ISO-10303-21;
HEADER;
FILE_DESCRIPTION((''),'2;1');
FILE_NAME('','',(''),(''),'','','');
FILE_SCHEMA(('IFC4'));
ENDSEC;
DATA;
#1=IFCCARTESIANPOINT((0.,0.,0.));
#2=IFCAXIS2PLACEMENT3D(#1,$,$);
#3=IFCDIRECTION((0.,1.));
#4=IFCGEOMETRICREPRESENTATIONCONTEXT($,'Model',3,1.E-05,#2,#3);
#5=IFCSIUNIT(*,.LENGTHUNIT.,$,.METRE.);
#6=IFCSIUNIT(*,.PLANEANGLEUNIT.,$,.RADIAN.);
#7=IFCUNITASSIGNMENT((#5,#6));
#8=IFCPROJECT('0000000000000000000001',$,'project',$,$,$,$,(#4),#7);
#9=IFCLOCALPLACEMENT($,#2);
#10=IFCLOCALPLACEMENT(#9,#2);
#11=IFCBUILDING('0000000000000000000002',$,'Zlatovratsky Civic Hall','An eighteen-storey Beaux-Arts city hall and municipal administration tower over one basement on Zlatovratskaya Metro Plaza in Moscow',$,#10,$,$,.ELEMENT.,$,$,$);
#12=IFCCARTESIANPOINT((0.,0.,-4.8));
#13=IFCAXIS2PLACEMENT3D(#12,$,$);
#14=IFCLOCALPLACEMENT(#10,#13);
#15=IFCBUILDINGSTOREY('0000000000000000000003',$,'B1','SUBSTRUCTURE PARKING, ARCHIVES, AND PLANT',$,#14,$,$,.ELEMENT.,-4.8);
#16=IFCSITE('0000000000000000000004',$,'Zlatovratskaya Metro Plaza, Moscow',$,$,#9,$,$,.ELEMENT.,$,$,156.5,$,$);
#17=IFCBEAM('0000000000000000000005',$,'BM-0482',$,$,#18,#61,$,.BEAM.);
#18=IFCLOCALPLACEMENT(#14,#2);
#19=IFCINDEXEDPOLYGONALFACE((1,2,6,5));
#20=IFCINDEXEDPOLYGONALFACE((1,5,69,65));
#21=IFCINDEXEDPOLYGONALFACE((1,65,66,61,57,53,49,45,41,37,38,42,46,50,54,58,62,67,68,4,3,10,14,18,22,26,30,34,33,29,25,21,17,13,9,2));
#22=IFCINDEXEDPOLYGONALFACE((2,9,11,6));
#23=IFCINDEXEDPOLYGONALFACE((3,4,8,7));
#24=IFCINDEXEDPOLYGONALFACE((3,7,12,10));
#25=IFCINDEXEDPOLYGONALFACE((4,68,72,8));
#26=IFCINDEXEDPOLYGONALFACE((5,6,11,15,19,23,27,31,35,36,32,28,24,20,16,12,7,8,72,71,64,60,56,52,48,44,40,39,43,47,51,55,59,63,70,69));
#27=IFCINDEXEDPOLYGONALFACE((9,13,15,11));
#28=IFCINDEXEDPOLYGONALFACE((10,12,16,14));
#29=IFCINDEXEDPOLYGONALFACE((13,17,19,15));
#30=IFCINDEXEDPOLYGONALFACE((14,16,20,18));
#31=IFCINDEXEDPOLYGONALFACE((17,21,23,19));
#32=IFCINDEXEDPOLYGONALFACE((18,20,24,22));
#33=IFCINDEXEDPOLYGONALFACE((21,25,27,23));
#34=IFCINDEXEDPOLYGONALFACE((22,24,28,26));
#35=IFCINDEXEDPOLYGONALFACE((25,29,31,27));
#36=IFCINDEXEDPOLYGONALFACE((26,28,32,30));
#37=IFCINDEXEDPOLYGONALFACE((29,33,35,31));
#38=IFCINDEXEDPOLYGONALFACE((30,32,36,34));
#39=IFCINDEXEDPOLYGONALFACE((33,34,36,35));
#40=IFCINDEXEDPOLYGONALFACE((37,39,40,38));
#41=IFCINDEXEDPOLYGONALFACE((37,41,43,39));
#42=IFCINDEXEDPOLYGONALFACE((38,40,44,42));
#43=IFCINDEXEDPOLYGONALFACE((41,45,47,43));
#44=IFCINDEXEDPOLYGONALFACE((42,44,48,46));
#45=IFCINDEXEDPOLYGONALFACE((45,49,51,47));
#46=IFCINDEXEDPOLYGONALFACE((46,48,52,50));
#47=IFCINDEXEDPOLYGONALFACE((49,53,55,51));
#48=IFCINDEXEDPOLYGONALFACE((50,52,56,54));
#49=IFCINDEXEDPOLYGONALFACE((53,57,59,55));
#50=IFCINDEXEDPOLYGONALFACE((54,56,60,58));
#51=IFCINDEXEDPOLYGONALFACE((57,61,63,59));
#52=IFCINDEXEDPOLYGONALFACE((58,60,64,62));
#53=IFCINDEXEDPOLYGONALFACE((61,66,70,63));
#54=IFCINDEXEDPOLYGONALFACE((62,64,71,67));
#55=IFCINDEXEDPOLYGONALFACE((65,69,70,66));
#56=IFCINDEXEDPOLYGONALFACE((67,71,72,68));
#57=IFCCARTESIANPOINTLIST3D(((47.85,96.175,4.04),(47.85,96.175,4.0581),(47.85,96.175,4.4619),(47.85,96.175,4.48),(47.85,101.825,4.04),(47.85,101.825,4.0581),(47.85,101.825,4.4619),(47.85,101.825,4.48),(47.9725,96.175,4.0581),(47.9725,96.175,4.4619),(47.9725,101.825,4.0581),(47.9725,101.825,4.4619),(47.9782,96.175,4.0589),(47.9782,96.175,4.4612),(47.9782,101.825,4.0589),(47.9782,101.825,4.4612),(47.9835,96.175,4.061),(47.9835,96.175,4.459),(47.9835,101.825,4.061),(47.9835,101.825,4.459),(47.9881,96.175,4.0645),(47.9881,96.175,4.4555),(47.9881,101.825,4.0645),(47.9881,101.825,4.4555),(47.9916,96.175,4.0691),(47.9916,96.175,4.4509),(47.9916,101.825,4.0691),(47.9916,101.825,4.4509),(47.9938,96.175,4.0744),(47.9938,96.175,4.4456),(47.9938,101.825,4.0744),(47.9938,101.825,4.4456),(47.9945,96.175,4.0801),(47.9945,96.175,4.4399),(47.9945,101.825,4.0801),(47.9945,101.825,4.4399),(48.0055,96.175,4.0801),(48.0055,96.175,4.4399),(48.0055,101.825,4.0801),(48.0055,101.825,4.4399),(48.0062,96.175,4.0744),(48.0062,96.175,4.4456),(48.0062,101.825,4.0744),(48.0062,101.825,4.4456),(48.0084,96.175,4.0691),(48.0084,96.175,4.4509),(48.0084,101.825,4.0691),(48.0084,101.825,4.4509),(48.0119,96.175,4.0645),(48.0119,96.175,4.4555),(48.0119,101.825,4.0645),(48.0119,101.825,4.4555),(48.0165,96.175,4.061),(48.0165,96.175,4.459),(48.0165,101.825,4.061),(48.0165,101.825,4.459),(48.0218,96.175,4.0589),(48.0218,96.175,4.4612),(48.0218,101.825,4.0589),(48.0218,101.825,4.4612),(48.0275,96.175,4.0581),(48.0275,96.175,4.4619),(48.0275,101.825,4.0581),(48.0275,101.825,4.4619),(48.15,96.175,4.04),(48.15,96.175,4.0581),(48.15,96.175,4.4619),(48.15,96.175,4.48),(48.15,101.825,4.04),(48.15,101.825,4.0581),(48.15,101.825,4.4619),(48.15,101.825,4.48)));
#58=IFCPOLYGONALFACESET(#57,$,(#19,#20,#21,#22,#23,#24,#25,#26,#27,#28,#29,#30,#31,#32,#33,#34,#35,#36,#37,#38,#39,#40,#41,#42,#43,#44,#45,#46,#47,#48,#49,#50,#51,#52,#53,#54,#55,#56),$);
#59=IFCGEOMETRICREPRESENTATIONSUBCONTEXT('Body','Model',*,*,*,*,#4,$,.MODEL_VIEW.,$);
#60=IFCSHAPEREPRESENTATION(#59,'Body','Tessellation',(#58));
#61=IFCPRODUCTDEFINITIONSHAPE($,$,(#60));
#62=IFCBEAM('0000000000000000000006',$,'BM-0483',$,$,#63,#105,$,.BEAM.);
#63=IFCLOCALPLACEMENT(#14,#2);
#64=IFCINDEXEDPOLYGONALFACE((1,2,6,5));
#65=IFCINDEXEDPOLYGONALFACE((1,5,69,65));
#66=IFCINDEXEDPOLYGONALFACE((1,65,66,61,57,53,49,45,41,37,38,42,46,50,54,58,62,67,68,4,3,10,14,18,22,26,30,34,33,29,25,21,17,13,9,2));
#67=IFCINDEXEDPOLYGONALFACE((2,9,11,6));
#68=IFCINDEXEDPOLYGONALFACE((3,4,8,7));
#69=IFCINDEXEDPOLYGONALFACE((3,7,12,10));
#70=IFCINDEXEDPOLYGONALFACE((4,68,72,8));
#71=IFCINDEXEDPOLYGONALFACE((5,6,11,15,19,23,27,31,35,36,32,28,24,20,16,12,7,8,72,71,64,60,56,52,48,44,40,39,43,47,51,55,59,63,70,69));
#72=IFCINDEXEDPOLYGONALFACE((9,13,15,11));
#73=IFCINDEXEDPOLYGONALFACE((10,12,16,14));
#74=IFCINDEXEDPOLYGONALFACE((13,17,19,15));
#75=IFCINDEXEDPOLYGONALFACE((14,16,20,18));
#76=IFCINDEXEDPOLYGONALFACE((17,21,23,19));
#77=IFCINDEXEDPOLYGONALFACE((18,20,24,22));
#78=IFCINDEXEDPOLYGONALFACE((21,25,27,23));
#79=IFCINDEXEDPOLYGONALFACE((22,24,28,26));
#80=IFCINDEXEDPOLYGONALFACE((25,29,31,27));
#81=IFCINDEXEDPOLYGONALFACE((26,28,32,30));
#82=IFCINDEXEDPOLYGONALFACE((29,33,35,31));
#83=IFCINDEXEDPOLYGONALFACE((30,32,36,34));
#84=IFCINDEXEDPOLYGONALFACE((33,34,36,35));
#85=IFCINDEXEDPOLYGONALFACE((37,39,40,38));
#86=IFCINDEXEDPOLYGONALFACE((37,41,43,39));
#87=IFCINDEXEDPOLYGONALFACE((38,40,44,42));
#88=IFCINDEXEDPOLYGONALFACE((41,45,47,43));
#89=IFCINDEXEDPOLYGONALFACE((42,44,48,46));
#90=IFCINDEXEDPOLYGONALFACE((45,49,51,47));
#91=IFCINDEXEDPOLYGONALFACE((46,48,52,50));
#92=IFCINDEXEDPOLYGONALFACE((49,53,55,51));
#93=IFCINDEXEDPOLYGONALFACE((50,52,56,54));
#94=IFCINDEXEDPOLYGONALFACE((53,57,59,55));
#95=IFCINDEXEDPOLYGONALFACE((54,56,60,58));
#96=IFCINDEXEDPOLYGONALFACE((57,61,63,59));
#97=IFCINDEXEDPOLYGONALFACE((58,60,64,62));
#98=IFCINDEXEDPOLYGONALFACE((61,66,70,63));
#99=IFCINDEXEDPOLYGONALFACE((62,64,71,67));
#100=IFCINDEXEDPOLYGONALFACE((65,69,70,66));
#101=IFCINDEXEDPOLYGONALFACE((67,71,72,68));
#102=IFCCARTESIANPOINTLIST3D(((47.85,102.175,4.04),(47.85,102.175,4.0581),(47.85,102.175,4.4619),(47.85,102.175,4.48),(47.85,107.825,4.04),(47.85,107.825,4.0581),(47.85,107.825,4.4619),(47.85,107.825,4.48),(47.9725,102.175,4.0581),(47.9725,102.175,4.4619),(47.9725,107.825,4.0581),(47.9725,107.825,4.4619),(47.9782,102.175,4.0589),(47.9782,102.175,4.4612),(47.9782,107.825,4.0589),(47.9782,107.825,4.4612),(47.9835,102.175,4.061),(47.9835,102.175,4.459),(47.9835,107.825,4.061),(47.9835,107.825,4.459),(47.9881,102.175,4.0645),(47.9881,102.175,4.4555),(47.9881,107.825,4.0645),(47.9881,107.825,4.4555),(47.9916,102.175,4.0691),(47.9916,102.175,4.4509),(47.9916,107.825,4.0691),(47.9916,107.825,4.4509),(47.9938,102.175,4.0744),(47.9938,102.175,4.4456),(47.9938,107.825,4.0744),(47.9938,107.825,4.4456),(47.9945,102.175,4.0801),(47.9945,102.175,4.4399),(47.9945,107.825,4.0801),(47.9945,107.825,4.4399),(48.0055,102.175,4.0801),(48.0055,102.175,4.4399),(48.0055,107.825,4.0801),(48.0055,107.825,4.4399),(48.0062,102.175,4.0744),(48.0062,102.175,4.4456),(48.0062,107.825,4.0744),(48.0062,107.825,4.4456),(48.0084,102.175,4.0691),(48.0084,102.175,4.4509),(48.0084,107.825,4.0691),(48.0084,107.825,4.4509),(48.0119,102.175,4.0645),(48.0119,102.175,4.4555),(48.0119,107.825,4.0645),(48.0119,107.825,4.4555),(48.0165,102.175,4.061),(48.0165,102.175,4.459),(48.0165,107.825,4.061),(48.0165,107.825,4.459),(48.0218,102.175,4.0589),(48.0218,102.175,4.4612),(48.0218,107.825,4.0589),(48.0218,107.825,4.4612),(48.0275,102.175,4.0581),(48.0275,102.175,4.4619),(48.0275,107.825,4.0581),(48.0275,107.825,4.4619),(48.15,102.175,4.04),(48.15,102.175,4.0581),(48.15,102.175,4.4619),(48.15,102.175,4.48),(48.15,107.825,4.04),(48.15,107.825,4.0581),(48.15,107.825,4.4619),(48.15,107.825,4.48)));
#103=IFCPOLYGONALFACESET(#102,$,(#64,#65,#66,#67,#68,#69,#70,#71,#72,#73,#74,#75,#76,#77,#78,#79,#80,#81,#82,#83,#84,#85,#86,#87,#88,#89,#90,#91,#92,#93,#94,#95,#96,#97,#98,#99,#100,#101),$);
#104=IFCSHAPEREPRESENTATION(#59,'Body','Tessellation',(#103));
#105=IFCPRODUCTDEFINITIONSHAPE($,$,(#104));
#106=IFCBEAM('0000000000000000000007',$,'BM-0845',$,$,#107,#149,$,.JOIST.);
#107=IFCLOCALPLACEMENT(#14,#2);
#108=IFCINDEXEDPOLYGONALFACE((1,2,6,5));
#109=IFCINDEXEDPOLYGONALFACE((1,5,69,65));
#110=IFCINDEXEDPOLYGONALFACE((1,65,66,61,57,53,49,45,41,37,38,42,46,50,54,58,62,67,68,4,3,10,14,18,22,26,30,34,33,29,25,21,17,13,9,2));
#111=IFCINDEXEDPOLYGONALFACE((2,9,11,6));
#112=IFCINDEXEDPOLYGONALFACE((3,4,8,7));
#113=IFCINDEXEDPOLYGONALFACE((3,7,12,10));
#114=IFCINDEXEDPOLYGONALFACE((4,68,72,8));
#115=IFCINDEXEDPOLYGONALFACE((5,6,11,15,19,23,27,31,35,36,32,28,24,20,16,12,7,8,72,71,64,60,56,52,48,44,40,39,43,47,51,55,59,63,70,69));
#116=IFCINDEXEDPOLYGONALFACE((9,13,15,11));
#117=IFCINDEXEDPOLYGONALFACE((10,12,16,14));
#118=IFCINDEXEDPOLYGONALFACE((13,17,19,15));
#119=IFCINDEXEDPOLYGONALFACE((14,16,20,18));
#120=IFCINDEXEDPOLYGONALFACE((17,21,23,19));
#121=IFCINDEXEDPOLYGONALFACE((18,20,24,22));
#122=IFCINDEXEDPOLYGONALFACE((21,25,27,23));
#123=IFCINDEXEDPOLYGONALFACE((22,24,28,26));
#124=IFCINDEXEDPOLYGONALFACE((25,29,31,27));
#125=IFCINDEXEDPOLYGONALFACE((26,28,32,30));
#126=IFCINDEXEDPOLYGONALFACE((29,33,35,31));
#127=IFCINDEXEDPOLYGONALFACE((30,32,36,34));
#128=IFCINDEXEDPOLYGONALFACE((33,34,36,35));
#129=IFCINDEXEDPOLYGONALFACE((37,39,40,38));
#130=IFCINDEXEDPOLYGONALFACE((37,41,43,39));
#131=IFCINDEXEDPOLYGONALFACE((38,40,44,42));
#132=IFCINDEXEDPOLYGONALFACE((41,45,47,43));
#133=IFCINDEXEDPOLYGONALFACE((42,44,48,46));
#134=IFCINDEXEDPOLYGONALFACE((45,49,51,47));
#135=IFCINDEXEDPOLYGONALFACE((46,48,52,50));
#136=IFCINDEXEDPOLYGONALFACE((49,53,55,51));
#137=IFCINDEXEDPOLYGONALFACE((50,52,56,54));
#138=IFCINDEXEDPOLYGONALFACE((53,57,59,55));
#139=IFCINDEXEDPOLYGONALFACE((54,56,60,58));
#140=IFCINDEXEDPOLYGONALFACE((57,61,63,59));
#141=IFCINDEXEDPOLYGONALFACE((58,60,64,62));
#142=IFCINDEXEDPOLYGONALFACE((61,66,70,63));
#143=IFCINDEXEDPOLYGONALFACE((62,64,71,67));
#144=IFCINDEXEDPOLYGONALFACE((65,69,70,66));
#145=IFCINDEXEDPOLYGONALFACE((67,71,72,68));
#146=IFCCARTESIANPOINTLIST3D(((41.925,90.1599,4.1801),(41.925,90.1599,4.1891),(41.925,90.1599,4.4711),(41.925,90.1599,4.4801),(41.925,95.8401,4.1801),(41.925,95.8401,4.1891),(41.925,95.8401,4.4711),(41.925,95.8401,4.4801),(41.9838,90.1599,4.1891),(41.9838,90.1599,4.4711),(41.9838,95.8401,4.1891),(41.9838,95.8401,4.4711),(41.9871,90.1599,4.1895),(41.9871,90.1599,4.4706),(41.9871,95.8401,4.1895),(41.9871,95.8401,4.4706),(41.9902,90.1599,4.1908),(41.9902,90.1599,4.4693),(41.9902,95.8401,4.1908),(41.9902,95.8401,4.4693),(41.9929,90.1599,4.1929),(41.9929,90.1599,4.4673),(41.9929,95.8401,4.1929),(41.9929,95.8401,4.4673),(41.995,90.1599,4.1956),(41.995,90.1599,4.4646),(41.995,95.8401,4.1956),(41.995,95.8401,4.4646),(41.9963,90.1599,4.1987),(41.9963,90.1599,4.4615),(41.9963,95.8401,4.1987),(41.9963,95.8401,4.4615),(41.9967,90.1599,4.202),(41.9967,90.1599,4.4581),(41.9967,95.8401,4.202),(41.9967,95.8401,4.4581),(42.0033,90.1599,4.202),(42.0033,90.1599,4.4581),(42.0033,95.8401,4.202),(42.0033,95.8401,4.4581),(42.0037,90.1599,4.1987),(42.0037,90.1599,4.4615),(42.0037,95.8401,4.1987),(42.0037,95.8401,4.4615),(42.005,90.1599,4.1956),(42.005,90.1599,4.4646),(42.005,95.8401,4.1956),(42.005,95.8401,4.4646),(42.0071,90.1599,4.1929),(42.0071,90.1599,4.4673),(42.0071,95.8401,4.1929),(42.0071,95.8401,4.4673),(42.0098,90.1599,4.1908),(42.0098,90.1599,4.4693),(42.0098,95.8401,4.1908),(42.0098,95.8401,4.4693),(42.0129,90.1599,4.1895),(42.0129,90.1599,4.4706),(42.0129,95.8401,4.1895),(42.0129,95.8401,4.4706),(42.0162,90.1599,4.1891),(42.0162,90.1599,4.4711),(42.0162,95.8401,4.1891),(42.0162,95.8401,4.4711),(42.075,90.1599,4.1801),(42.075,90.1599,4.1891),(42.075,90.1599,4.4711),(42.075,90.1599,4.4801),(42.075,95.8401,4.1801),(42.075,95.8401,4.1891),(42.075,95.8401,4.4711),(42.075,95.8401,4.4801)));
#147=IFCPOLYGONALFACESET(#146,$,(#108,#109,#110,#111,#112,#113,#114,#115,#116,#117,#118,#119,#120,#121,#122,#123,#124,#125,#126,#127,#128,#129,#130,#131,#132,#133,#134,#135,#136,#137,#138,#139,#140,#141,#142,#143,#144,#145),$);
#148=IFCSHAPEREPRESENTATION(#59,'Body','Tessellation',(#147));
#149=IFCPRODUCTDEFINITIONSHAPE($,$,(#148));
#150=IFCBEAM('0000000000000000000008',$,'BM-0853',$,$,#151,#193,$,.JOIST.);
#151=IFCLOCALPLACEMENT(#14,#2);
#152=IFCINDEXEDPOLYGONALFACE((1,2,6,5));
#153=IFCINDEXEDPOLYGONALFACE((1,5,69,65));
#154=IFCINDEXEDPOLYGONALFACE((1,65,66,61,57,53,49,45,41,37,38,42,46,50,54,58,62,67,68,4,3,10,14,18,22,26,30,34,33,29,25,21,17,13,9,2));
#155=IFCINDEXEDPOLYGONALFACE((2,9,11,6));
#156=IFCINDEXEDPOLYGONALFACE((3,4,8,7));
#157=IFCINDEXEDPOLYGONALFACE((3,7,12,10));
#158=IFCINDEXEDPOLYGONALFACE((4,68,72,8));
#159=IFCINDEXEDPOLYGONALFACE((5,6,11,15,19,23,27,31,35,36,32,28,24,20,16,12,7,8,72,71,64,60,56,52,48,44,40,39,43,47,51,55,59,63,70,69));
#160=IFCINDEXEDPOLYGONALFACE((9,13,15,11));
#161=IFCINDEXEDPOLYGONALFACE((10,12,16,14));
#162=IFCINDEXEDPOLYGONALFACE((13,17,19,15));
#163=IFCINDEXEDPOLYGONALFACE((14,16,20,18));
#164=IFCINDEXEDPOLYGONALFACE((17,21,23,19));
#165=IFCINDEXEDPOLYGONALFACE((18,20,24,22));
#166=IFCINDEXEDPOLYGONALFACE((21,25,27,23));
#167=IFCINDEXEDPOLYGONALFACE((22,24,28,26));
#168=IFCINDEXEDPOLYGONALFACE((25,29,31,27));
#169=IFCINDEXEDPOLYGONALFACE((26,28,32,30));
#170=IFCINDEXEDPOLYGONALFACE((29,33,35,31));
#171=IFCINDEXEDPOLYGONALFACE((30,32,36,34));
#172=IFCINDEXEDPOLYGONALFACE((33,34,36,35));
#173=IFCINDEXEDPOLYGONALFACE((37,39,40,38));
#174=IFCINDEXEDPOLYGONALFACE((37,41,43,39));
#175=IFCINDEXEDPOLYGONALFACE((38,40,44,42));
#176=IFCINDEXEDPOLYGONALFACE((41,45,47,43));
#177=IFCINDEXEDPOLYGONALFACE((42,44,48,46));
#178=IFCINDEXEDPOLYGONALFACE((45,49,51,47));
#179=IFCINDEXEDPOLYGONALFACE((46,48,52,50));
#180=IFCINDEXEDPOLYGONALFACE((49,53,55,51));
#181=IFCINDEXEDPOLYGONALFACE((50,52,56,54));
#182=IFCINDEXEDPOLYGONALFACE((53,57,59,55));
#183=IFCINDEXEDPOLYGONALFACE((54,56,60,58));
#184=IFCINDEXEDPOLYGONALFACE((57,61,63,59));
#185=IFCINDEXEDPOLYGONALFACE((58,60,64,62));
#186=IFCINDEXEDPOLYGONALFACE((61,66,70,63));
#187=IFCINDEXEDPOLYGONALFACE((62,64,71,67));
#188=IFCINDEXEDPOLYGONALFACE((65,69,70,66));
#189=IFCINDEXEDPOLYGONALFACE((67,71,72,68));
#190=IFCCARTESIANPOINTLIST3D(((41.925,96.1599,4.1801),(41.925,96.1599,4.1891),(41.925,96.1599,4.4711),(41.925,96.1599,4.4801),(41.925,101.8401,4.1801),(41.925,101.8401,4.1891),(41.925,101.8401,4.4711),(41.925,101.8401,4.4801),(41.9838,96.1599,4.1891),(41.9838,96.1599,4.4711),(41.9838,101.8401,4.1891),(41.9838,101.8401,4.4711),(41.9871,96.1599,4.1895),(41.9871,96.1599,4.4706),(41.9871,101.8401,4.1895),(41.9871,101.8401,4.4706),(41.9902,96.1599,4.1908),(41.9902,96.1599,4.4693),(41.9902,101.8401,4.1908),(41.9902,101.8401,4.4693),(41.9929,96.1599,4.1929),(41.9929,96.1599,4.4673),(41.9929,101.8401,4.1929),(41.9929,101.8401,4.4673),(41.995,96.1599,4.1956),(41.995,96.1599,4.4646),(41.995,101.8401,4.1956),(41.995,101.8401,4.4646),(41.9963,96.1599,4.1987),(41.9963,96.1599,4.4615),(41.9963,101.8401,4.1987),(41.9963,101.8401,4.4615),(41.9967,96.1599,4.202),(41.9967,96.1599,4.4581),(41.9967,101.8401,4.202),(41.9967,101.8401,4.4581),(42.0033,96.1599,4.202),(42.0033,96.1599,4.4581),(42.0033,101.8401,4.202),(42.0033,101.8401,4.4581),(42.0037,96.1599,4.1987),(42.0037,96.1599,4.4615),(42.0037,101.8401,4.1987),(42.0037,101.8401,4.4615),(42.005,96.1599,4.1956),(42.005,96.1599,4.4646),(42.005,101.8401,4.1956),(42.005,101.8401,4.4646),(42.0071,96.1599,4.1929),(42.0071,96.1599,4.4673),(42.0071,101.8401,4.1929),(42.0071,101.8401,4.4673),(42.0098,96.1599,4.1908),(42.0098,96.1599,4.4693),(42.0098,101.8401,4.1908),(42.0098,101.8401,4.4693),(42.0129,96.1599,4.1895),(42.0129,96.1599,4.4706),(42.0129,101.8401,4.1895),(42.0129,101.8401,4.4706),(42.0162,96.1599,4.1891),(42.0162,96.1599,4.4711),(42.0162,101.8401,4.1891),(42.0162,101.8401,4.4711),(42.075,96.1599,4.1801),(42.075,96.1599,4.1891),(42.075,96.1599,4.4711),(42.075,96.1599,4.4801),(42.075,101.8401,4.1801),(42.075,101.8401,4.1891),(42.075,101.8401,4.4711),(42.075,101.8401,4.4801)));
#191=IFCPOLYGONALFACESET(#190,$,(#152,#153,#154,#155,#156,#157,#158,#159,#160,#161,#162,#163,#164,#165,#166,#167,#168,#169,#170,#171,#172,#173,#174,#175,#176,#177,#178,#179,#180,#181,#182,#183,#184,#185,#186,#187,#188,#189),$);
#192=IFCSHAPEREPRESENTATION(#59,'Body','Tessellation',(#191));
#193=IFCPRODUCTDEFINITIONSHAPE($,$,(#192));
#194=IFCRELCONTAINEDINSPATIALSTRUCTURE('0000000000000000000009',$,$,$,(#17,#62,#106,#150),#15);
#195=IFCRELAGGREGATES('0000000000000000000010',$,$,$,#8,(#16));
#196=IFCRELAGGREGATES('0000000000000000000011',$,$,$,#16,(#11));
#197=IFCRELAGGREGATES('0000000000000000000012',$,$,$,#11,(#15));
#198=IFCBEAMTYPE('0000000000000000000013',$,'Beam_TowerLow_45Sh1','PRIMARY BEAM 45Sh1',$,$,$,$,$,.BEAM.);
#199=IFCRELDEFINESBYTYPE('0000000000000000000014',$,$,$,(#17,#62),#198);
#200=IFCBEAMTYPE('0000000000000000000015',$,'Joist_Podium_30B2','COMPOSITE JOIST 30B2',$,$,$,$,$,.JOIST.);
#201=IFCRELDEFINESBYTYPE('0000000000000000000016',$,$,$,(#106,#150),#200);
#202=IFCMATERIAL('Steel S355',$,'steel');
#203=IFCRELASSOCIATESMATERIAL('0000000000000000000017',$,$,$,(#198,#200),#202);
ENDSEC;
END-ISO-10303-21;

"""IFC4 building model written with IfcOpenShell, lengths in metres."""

from ifc_helpers import new_model, si_unit, direction, frame, origin, origin_2d, place, context, subcontext, project, spatial, i_section, extrude, material, material_profile, profile_set, type_object, element, save


model = new_model("IFC4")

# Units and contexts
model_context = context("Model", 3, precision=1e-05, world=origin(), true_north=direction((0.0, 1.0)))
body_context = subcontext(model_context, "Body", "Model", "MODEL_VIEW")
ifc_project = project(units=[si_unit("LENGTHUNIT", "METRE"), si_unit("PLANEANGLEUNIT", "RADIAN")], contexts=[model_context])

# Site, building, storey
site_placement = place(None, origin())
site = spatial("IfcSite", under=ifc_project, at=site_placement, Name="Zlatovratskaya Metro Plaza, Moscow", CompositionType="ELEMENT", RefElevation=156.5)
building_placement = place(site_placement, origin())
building = spatial("IfcBuilding", under=site, at=building_placement, Name="Zlatovratsky Civic Hall", Description="An eighteen-storey Beaux-Arts city hall and municipal administration tower over one basement on Zlatovratskaya Metro Plaza in Moscow", CompositionType="ELEMENT")
storey_placement = place(building_placement, frame((0.0, 0.0, -4.8)))
storey = spatial("IfcBuildingStorey", under=building, at=storey_placement, Name="B1", Description="SUBSTRUCTURE PARKING, ARCHIVES, AND PLANT", CompositionType="ELEMENT", Elevation=-4.8)

# Shared definitions
ifc_material_1 = material(Name="Steel S355", Category="steel")

# Beams
ifc_material_profile_1 = material_profile(ifc_material_1, i_section(OverallWidth=0.3, OverallDepth=0.4399, WebThickness=0.011, FlangeThickness=0.0181, FilletRadius=0.022, at=origin_2d()), Name="45Sh1")
ifc_profile_set_1 = profile_set([ifc_material_profile_1], Name="Steel S355")
beam_type_1 = type_object("IfcBeamType", Name="Beam_TowerLow_45Sh1", Description="PRIMARY BEAM 45Sh1", PredefinedType="BEAM", material=ifc_profile_set_1)
for number, where, z_axis, x_axis, name in (
    (1, (48.0, 96.175, 4.26), (0.0, 1.0, 0.0), (-1.0, 0.0, 0.0), "BM-0482"),
    (2, (48.0, 102.175, 4.26), (0.0, 1.0, 0.0), (-1.0, 0.0, 0.0), "BM-0483"),
):
    element("IfcBeam", number, at=place(storey_placement, frame(where, z_axis=z_axis, x_axis=x_axis)), inside=storey, type_object=beam_type_1, Name=name, PredefinedType="BEAM", context=body_context, shape_type="SweptSolid", body=[
        extrude(i_section(OverallWidth=0.3, OverallDepth=0.4399, WebThickness=0.011, FlangeThickness=0.0181, FilletRadius=0.022, at=origin_2d()), origin(), (0.0, 0.0, 1.0), 5.6499),
    ])
ifc_material_profile_2 = material_profile(ifc_material_1, i_section(OverallWidth=0.1499, OverallDepth=0.3, WebThickness=0.0066, FlangeThickness=0.009, FilletRadius=0.0129, at=origin_2d()), Name="30B2")
ifc_profile_set_2 = profile_set([ifc_material_profile_2], Name="Steel S355")
beam_type_2 = type_object("IfcBeamType", Name="Joist_Podium_30B2", Description="COMPOSITE JOIST 30B2", PredefinedType="JOIST", material=ifc_profile_set_2)
for number, where, z_axis, x_axis, name in (
    (3, (42.0, 90.1599, 4.3301), (0.0, 1.0, 0.0), (-1.0, 0.0, 0.0), "BM-0845"),
    (4, (42.0, 96.1599, 4.3301), (0.0, 1.0, 0.0), (-1.0, 0.0, 0.0), "BM-0853"),
):
    element("IfcBeam", number, at=place(storey_placement, frame(where, z_axis=z_axis, x_axis=x_axis)), inside=storey, type_object=beam_type_2, Name=name, PredefinedType="JOIST", context=body_context, shape_type="SweptSolid", body=[
        extrude(i_section(OverallWidth=0.1499, OverallDepth=0.3, WebThickness=0.0066, FlangeThickness=0.009, FilletRadius=0.0129, at=origin_2d()), origin(), (0.0, 0.0, 1.0), 5.6802),
    ])

save(model, "model.ifc")
